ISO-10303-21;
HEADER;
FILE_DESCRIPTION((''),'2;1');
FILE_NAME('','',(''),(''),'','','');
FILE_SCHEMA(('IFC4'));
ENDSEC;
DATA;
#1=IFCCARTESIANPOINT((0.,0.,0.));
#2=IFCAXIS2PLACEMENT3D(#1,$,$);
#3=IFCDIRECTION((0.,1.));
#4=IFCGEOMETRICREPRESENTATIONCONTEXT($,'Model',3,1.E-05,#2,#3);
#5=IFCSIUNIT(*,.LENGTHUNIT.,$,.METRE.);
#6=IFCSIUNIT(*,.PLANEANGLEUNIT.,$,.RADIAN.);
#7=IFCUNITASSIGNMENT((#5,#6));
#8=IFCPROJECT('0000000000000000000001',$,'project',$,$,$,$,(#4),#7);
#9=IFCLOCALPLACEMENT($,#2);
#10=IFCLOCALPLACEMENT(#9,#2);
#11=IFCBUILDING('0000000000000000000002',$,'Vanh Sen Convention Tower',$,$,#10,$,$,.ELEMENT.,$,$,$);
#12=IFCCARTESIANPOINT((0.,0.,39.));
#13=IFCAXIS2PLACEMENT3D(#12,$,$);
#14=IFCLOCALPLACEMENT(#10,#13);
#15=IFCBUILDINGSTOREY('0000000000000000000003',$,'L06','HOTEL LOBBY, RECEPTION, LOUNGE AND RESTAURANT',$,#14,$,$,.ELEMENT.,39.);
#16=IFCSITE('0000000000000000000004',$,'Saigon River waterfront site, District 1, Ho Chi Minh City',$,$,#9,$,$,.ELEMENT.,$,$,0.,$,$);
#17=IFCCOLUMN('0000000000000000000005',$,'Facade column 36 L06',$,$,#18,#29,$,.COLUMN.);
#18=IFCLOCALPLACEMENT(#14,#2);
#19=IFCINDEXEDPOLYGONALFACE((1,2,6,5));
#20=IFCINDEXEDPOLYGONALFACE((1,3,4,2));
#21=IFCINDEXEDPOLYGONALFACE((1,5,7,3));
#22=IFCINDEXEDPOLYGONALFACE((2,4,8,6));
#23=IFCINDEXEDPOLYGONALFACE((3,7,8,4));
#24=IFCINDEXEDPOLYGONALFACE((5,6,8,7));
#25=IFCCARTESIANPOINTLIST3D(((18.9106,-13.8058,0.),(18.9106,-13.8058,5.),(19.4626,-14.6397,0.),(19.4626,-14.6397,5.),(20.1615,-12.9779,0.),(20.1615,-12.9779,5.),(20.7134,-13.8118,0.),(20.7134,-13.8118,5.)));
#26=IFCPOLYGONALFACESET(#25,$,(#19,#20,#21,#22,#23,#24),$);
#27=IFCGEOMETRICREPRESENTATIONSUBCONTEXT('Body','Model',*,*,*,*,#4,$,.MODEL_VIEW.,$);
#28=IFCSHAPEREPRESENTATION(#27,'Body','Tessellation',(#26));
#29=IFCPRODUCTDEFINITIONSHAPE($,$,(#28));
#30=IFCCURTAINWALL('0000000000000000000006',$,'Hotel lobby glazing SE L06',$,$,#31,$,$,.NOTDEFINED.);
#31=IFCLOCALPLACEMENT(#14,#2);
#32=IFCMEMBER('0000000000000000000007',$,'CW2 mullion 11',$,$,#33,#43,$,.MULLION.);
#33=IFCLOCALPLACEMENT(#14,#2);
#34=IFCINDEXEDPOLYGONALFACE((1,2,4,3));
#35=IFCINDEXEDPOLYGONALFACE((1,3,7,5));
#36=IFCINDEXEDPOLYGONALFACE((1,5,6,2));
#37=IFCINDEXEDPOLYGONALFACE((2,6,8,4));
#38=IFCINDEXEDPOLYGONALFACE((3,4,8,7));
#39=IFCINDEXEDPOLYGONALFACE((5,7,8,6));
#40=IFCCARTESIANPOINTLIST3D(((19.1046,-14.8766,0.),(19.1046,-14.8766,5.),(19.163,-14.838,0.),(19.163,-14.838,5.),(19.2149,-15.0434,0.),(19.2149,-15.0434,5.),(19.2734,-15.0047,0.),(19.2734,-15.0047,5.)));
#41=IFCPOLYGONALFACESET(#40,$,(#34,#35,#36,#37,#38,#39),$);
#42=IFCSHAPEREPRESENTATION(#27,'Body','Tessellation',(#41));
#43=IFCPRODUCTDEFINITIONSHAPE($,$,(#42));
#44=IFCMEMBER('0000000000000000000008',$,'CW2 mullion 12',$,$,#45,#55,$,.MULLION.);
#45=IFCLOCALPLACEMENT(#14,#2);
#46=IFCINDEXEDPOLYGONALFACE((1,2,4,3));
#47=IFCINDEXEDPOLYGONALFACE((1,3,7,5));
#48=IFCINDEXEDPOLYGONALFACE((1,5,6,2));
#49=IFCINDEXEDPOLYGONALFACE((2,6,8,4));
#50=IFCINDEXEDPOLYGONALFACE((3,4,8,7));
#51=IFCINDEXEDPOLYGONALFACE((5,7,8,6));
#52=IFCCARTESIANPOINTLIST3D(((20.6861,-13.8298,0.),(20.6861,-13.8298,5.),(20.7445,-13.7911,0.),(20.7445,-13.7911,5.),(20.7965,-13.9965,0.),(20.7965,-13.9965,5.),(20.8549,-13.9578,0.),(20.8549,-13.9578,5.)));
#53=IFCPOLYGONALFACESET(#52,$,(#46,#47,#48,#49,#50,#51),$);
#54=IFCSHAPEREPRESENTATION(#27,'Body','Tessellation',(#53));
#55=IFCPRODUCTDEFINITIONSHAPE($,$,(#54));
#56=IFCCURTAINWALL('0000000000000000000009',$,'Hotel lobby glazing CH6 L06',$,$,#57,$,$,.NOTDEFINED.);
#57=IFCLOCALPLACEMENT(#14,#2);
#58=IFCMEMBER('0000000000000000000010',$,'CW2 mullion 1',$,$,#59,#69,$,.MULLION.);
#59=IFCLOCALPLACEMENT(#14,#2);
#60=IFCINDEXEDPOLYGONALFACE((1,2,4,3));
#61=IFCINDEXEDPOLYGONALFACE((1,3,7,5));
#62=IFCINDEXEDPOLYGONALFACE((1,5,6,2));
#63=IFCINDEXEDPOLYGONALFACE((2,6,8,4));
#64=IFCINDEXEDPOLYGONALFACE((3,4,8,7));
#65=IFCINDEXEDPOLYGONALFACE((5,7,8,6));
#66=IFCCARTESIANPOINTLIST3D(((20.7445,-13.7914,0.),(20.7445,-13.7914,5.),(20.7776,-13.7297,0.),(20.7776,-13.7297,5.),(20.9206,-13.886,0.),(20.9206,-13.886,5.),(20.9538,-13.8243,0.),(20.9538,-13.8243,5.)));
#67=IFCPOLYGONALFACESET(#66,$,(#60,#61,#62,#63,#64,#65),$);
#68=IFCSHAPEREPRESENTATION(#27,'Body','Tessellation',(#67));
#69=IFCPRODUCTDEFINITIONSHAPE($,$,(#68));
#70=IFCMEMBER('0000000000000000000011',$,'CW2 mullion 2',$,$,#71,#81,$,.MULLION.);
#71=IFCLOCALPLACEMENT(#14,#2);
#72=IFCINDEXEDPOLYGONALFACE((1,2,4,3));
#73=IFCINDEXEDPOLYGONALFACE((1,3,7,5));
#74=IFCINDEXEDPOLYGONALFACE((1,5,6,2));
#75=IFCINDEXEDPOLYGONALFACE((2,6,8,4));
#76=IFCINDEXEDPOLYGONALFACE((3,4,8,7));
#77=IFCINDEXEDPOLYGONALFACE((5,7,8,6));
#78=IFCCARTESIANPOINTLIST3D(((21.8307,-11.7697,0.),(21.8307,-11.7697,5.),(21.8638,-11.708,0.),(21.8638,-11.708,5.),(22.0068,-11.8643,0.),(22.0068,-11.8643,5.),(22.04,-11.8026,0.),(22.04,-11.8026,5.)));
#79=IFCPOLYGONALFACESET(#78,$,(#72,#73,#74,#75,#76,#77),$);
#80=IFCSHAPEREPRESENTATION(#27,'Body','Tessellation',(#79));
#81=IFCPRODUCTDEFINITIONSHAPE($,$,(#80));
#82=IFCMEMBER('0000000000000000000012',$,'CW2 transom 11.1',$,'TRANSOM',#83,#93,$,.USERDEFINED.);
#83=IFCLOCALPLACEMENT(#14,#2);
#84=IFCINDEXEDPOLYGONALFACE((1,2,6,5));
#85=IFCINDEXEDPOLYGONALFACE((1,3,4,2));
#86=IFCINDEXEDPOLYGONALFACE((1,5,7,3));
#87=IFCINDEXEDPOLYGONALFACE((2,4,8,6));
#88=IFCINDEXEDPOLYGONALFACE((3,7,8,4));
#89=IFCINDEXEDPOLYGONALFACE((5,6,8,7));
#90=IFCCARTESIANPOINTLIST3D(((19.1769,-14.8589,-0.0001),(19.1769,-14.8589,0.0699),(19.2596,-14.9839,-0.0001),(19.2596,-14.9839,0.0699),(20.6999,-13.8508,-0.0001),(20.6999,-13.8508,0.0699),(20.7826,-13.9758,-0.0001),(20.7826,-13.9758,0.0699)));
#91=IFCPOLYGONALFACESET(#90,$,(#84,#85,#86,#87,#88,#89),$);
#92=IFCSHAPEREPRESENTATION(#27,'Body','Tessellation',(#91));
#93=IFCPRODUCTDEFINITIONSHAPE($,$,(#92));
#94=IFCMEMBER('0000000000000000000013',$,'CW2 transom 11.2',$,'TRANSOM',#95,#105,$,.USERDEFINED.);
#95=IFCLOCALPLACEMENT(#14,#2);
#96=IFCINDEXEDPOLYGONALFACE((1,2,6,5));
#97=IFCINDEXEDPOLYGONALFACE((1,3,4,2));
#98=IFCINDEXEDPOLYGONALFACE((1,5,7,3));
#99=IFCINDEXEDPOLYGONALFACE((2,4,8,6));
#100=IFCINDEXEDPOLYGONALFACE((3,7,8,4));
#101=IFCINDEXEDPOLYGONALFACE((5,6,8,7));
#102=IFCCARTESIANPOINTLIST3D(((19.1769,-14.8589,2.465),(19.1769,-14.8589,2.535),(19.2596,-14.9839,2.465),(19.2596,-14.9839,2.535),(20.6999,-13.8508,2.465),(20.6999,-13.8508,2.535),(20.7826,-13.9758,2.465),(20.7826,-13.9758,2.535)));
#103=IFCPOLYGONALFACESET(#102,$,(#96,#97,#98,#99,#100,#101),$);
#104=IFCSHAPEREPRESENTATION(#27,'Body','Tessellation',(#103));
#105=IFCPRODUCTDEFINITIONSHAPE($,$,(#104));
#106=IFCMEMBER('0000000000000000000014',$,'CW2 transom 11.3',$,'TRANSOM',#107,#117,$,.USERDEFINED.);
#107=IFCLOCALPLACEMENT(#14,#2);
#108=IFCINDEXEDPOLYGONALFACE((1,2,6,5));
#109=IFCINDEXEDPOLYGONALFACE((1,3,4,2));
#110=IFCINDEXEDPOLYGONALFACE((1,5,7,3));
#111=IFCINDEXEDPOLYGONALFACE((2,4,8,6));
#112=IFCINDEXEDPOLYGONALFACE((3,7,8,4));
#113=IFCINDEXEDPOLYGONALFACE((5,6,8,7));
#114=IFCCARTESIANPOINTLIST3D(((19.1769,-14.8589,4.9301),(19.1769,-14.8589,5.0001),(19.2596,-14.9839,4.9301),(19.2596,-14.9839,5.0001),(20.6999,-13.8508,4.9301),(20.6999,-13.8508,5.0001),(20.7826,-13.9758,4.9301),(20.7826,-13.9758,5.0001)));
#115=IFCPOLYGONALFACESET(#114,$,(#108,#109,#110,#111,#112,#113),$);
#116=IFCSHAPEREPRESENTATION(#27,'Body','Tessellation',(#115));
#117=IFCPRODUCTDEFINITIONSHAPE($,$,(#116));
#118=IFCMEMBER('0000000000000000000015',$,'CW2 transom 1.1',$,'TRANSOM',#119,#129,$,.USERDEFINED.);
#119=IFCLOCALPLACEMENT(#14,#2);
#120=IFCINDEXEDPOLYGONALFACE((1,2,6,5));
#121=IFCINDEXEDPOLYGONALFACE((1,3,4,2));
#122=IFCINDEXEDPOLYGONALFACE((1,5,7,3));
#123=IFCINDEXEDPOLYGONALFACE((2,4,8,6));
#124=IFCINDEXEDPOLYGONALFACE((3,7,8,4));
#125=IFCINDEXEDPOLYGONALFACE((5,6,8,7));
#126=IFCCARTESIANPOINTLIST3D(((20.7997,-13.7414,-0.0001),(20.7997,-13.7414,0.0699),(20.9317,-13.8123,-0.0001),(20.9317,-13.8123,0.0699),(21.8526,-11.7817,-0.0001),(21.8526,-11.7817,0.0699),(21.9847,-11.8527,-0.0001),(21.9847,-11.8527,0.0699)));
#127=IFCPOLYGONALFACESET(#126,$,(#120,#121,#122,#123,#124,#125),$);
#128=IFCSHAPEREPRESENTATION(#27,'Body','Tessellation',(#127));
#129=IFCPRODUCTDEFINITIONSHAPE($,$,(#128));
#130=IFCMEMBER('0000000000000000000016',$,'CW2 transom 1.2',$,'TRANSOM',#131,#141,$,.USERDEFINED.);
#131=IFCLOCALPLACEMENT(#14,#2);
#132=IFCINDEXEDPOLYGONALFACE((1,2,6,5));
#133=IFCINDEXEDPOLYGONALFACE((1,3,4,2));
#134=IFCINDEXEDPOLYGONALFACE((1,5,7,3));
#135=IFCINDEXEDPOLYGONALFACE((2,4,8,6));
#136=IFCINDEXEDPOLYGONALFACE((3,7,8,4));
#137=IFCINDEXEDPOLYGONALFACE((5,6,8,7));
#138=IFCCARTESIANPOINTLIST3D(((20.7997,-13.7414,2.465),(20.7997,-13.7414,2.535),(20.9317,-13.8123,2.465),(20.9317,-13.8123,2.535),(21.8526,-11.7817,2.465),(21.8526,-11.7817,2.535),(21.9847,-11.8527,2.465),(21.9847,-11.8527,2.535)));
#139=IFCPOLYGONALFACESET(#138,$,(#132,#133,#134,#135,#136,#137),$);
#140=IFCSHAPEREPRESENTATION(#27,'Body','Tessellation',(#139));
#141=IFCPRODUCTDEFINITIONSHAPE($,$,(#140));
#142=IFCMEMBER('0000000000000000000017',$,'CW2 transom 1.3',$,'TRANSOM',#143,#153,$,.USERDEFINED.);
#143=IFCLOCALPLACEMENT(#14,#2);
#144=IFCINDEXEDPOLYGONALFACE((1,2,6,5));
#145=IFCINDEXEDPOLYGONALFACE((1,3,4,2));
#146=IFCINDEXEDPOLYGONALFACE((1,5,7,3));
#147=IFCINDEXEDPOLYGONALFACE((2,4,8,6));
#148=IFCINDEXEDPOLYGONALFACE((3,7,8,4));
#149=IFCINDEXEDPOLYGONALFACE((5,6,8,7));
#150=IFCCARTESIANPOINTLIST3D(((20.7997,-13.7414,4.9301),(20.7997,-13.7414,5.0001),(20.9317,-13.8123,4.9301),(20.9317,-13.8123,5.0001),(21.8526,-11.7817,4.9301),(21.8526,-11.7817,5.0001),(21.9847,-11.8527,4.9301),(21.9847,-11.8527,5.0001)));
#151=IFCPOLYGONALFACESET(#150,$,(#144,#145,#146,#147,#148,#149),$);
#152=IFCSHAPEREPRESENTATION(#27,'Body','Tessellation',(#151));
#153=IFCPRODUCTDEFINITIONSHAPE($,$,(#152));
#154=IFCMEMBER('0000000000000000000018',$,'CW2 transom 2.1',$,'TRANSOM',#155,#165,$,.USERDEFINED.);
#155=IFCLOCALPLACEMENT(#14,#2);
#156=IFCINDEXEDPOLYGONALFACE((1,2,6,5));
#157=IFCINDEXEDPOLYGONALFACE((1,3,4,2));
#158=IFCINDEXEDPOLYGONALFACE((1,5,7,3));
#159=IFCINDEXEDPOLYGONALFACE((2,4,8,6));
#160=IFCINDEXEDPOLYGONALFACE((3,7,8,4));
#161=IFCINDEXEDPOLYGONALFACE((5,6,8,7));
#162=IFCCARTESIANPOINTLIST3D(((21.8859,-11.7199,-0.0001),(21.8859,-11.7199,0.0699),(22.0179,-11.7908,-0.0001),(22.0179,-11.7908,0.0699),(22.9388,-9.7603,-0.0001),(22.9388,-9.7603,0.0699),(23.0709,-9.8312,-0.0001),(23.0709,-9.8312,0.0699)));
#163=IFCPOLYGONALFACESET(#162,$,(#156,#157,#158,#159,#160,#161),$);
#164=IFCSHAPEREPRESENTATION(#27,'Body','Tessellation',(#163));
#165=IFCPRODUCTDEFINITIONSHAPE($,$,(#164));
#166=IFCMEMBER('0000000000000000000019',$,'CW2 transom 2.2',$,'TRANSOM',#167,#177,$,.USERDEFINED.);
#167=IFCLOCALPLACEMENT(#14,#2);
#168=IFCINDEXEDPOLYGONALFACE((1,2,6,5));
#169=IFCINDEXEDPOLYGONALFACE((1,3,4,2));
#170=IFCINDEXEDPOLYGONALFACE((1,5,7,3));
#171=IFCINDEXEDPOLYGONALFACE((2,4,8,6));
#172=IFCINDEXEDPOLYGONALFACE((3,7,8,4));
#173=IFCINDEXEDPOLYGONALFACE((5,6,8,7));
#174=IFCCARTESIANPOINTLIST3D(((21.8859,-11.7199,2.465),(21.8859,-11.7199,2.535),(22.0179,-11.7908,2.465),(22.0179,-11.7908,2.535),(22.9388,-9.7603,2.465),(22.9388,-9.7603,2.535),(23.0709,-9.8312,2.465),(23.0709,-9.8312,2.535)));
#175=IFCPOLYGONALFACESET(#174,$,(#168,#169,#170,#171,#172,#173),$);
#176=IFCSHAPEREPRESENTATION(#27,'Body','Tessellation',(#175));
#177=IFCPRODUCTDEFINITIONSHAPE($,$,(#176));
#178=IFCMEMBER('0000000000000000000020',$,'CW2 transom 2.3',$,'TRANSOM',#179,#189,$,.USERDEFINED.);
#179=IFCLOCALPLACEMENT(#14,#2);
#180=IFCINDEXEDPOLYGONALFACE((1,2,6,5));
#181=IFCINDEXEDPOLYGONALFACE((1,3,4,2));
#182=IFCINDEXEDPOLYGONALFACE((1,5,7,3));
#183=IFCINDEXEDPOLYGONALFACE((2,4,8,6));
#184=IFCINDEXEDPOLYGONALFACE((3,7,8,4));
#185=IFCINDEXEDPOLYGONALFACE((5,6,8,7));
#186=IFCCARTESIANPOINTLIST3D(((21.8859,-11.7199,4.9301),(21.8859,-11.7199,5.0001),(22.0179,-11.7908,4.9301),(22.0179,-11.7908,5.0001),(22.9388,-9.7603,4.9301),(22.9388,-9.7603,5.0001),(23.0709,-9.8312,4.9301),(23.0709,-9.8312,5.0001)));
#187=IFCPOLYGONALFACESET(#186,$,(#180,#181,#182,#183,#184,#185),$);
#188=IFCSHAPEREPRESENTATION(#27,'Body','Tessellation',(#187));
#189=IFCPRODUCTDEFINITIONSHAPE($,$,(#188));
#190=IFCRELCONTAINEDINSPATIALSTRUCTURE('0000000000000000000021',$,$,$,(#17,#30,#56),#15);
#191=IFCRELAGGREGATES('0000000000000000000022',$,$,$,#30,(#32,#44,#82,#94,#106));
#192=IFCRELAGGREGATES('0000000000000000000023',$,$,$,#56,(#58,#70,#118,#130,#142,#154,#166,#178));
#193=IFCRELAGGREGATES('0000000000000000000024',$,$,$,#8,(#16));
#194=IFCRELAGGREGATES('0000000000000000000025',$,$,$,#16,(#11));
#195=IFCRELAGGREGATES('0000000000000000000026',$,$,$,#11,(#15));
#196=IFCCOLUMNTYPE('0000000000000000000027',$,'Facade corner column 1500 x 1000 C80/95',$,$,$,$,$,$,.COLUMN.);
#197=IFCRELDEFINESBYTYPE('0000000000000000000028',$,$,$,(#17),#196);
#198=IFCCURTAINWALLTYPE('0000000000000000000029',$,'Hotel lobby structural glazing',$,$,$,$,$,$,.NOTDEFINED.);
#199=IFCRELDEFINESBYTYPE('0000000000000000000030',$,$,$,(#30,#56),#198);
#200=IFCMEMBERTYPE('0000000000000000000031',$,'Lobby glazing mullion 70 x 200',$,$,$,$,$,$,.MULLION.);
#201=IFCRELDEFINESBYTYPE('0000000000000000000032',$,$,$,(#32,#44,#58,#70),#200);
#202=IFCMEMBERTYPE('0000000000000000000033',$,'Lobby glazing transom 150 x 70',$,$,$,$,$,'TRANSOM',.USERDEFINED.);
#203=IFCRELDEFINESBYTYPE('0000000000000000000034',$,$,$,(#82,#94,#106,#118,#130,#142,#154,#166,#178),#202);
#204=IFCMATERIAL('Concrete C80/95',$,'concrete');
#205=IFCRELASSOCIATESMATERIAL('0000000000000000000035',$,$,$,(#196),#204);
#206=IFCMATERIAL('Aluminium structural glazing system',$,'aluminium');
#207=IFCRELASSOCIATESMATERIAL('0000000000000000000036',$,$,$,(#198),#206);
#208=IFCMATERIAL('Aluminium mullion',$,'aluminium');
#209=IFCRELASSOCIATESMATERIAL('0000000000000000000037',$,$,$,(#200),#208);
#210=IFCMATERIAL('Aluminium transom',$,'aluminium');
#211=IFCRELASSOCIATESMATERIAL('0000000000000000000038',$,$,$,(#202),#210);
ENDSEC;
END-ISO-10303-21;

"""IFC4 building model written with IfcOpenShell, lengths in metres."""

from ifc_helpers import new_model, si_unit, direction, frame, origin, origin_2d, place, context, subcontext, project, spatial, rectangle, extrude, material, material_profile, profile_set, type_object, element, aggregate, save


model = new_model("IFC4")

# Units and contexts
model_context = context("Model", 3, precision=1e-05, world=origin(), true_north=direction((0.0, 1.0)))
body_context = subcontext(model_context, "Body", "Model", "MODEL_VIEW")
ifc_project = project(units=[si_unit("LENGTHUNIT", "METRE"), si_unit("PLANEANGLEUNIT", "RADIAN")], contexts=[model_context])

# Site, building, storey
site_placement = place(None, origin())
site = spatial("IfcSite", under=ifc_project, at=site_placement, Name="Saigon River waterfront site, District 1, Ho Chi Minh City", CompositionType="ELEMENT", RefElevation=0.0)
building_placement = place(site_placement, origin())
building = spatial("IfcBuilding", under=site, at=building_placement, Name="Vanh Sen Convention Tower", CompositionType="ELEMENT")
storey_placement = place(building_placement, frame((0.0, 0.0, 39.0)))
storey = spatial("IfcBuildingStorey", under=building, at=storey_placement, Name="L06", Description="HOTEL LOBBY, RECEPTION, LOUNGE AND RESTAURANT", CompositionType="ELEMENT", Elevation=39.0)

# Column
ifc_material_1 = material(Name="Concrete C80/95", Category="concrete")
ifc_material_profile_1 = material_profile(ifc_material_1, rectangle(XDim=1.5, YDim=1.0, at=origin_2d()), Name="RC 1500X1000")
ifc_profile_set_1 = profile_set([ifc_material_profile_1], Name="Concrete C80/95")
column_type = type_object("IfcColumnType", Name="Facade corner column 1500 x 1000 C80/95", PredefinedType="COLUMN", material=ifc_profile_set_1)
column_placement = place(storey_placement, frame((19.812, -13.8088, 0.0), z_axis=(0.0, 0.0, 1.0), x_axis=(0.833886, 0.551937, 0.0)))
element("IfcColumn", 1, at=column_placement, inside=storey, type_object=column_type, Name="Facade column 36 L06", PredefinedType="COLUMN", context=body_context, shape_type="SweptSolid", body=[
    extrude(rectangle(XDim=1.5, YDim=1.0, at=origin_2d()), origin(), (0.0, 0.0, 1.0), 5.0),
])

# Curtain walls, members
ifc_material_2 = material(Name="Aluminium structural glazing system", Category="aluminium")
curtain_wall_type_1 = type_object("IfcCurtainWallType", Name="Hotel lobby structural glazing", PredefinedType="NOTDEFINED", material=ifc_material_2)
curtain_wall_1_placement = place(storey_placement, origin())
curtain_wall_1 = element("IfcCurtainWall", 2, at=curtain_wall_1_placement, inside=storey, type_object=curtain_wall_type_1, Name="Hotel lobby glazing SE L06", PredefinedType="NOTDEFINED")
ifc_material_3 = material(Name="Aluminium mullion", Category="aluminium")
ifc_material_profile_2 = material_profile(ifc_material_3, rectangle(XDim=0.2, YDim=0.0701, at=origin_2d()), Name="Lobby glazing mullion 70 x 200")
ifc_profile_set_2 = profile_set([ifc_material_profile_2], Name="Aluminium mullion")
member_type_1 = type_object("IfcMemberType", Name="Lobby glazing mullion 70 x 200", PredefinedType="MULLION", material=ifc_profile_set_2)
member_1_placement = place(storey_placement, frame((19.189, -14.9407, 0.0), z_axis=(0.0, 0.0, 1.0), x_axis=(-0.551937, 0.833886, 0.0)))
member_1 = element("IfcMember", 3, at=member_1_placement, type_object=member_type_1, Name="CW2 mullion 11", PredefinedType="MULLION", context=body_context, shape_type="SweptSolid", body=[
    extrude(rectangle(XDim=0.2, YDim=0.0701, at=origin_2d()), origin(), (0.0, 0.0, 1.0), 5.0),
])
member_2_placement = place(storey_placement, frame((20.7705, -13.8938, 0.0), z_axis=(0.0, 0.0, 1.0), x_axis=(-0.551937, 0.833886, 0.0)))
member_2 = element("IfcMember", 4, at=member_2_placement, type_object=member_type_1, Name="CW2 mullion 12", PredefinedType="MULLION", context=body_context, shape_type="SweptSolid", body=[
    extrude(rectangle(XDim=0.2, YDim=0.0701, at=origin_2d()), origin(), (0.0, 0.0, 1.0), 5.0),
])
curtain_wall_2_placement = place(storey_placement, origin())
curtain_wall_2 = element("IfcCurtainWall", 5, at=curtain_wall_2_placement, inside=storey, type_object=curtain_wall_type_1, Name="Hotel lobby glazing CH6 L06", PredefinedType="NOTDEFINED")
member_3_placement = place(storey_placement, frame((20.8491, -13.8079, 0.0), z_axis=(0.0, 0.0, 1.0), x_axis=(-0.880894, 0.473314, 0.0)))
member_3 = element("IfcMember", 6, at=member_3_placement, type_object=member_type_1, Name="CW2 mullion 1", PredefinedType="MULLION", context=body_context, shape_type="SweptSolid", body=[
    extrude(rectangle(XDim=0.2, YDim=0.0701, at=origin_2d()), origin(), (0.0, 0.0, 1.0), 5.0),
])
member_4_placement = place(storey_placement, frame((21.9353, -11.7861, 0.0), z_axis=(0.0, 0.0, 1.0), x_axis=(-0.880894, 0.473314, 0.0)))
member_4 = element("IfcMember", 7, at=member_4_placement, type_object=member_type_1, Name="CW2 mullion 2", PredefinedType="MULLION", context=body_context, shape_type="SweptSolid", body=[
    extrude(rectangle(XDim=0.2, YDim=0.0701, at=origin_2d()), origin(), (0.0, 0.0, 1.0), 5.0),
])

# Members
ifc_material_4 = material(Name="Aluminium transom", Category="aluminium")
ifc_material_profile_3 = material_profile(ifc_material_4, rectangle(XDim=0.1499, YDim=0.0701, at=origin_2d()), Name="Lobby glazing transom 150 x 70")
ifc_profile_set_3 = profile_set([ifc_material_profile_3], Name="Aluminium transom")
member_type_2 = type_object("IfcMemberType", Name="Lobby glazing transom 150 x 70", ElementType="TRANSOM", PredefinedType="USERDEFINED", material=ifc_profile_set_3)
member_5_placement = place(storey_placement, frame((19.2183, -14.9214, 0.0349), z_axis=(0.833876, 0.551952, 0.0), x_axis=(-0.551952, 0.833876, 0.0)))
member_5 = element("IfcMember", 8, at=member_5_placement, type_object=member_type_2, Name="CW2 transom 11.1", ObjectType="TRANSOM", PredefinedType="USERDEFINED", context=body_context, shape_type="SweptSolid", body=[
    extrude(rectangle(XDim=0.1499, YDim=0.0701, at=origin_2d()), origin(), (0.0, 0.0, 1.0), 1.8264),
])
member_6_placement = place(storey_placement, frame((19.2183, -14.9214, 2.5), z_axis=(0.833876, 0.551952, 0.0), x_axis=(-0.551952, 0.833876, 0.0)))
member_6 = element("IfcMember", 9, at=member_6_placement, type_object=member_type_2, Name="CW2 transom 11.2", ObjectType="TRANSOM", PredefinedType="USERDEFINED", context=body_context, shape_type="SweptSolid", body=[
    extrude(rectangle(XDim=0.1499, YDim=0.0701, at=origin_2d()), origin(), (0.0, 0.0, 1.0), 1.8264),
])
member_7_placement = place(storey_placement, frame((19.2183, -14.9214, 4.9651), z_axis=(0.833876, 0.551952, 0.0), x_axis=(-0.551952, 0.833876, 0.0)))
member_7 = element("IfcMember", 10, at=member_7_placement, type_object=member_type_2, Name="CW2 transom 11.3", ObjectType="TRANSOM", PredefinedType="USERDEFINED", context=body_context, shape_type="SweptSolid", body=[
    extrude(rectangle(XDim=0.1499, YDim=0.0701, at=origin_2d()), origin(), (0.0, 0.0, 1.0), 1.8264),
])
member_8_placement = place(storey_placement, frame((20.8657, -13.7769, 0.0349), z_axis=(0.473314, 0.880894, 0.0), x_axis=(-0.880894, 0.473314, 0.0)))
member_8 = element("IfcMember", 11, at=member_8_placement, type_object=member_type_2, Name="CW2 transom 1.1", ObjectType="TRANSOM", PredefinedType="USERDEFINED", context=body_context, shape_type="SweptSolid", body=[
    extrude(rectangle(XDim=0.1499, YDim=0.0701, at=origin_2d()), origin(), (0.0, 0.0, 1.0), 2.2246),
])
member_9_placement = place(storey_placement, frame((20.8657, -13.7769, 2.5), z_axis=(0.473314, 0.880894, 0.0), x_axis=(-0.880894, 0.473314, 0.0)))
member_9 = element("IfcMember", 12, at=member_9_placement, type_object=member_type_2, Name="CW2 transom 1.2", ObjectType="TRANSOM", PredefinedType="USERDEFINED", context=body_context, shape_type="SweptSolid", body=[
    extrude(rectangle(XDim=0.1499, YDim=0.0701, at=origin_2d()), origin(), (0.0, 0.0, 1.0), 2.2246),
])
member_10_placement = place(storey_placement, frame((20.8657, -13.7769, 4.9651), z_axis=(0.473314, 0.880894, 0.0), x_axis=(-0.880894, 0.473314, 0.0)))
member_10 = element("IfcMember", 13, at=member_10_placement, type_object=member_type_2, Name="CW2 transom 1.3", ObjectType="TRANSOM", PredefinedType="USERDEFINED", context=body_context, shape_type="SweptSolid", body=[
    extrude(rectangle(XDim=0.1499, YDim=0.0701, at=origin_2d()), origin(), (0.0, 0.0, 1.0), 2.2246),
])
member_11_placement = place(storey_placement, frame((21.9519, -11.7554, 0.0349), z_axis=(0.473314, 0.880894, 0.0), x_axis=(-0.880894, 0.473314, 0.0)))
member_11 = element("IfcMember", 14, at=member_11_placement, type_object=member_type_2, Name="CW2 transom 2.1", ObjectType="TRANSOM", PredefinedType="USERDEFINED", context=body_context, shape_type="SweptSolid", body=[
    extrude(rectangle(XDim=0.1499, YDim=0.0701, at=origin_2d()), origin(), (0.0, 0.0, 1.0), 2.2246),
])
member_12_placement = place(storey_placement, frame((21.9519, -11.7554, 2.5), z_axis=(0.473314, 0.880894, 0.0), x_axis=(-0.880894, 0.473314, 0.0)))
member_12 = element("IfcMember", 15, at=member_12_placement, type_object=member_type_2, Name="CW2 transom 2.2", ObjectType="TRANSOM", PredefinedType="USERDEFINED", context=body_context, shape_type="SweptSolid", body=[
    extrude(rectangle(XDim=0.1499, YDim=0.0701, at=origin_2d()), origin(), (0.0, 0.0, 1.0), 2.2246),
])
member_13_placement = place(storey_placement, frame((21.9519, -11.7554, 4.9651), z_axis=(0.473314, 0.880894, 0.0), x_axis=(-0.880894, 0.473314, 0.0)))
member_13 = element("IfcMember", 16, at=member_13_placement, type_object=member_type_2, Name="CW2 transom 2.3", ObjectType="TRANSOM", PredefinedType="USERDEFINED", context=body_context, shape_type="SweptSolid", body=[
    extrude(rectangle(XDim=0.1499, YDim=0.0701, at=origin_2d()), origin(), (0.0, 0.0, 1.0), 2.2246),
])

aggregate(curtain_wall_1, [member_1, member_2, member_5, member_6, member_7])
aggregate(curtain_wall_2, [member_3, member_4, member_8, member_9, member_10, member_11, member_12, member_13])

save(model, "model.ifc")
